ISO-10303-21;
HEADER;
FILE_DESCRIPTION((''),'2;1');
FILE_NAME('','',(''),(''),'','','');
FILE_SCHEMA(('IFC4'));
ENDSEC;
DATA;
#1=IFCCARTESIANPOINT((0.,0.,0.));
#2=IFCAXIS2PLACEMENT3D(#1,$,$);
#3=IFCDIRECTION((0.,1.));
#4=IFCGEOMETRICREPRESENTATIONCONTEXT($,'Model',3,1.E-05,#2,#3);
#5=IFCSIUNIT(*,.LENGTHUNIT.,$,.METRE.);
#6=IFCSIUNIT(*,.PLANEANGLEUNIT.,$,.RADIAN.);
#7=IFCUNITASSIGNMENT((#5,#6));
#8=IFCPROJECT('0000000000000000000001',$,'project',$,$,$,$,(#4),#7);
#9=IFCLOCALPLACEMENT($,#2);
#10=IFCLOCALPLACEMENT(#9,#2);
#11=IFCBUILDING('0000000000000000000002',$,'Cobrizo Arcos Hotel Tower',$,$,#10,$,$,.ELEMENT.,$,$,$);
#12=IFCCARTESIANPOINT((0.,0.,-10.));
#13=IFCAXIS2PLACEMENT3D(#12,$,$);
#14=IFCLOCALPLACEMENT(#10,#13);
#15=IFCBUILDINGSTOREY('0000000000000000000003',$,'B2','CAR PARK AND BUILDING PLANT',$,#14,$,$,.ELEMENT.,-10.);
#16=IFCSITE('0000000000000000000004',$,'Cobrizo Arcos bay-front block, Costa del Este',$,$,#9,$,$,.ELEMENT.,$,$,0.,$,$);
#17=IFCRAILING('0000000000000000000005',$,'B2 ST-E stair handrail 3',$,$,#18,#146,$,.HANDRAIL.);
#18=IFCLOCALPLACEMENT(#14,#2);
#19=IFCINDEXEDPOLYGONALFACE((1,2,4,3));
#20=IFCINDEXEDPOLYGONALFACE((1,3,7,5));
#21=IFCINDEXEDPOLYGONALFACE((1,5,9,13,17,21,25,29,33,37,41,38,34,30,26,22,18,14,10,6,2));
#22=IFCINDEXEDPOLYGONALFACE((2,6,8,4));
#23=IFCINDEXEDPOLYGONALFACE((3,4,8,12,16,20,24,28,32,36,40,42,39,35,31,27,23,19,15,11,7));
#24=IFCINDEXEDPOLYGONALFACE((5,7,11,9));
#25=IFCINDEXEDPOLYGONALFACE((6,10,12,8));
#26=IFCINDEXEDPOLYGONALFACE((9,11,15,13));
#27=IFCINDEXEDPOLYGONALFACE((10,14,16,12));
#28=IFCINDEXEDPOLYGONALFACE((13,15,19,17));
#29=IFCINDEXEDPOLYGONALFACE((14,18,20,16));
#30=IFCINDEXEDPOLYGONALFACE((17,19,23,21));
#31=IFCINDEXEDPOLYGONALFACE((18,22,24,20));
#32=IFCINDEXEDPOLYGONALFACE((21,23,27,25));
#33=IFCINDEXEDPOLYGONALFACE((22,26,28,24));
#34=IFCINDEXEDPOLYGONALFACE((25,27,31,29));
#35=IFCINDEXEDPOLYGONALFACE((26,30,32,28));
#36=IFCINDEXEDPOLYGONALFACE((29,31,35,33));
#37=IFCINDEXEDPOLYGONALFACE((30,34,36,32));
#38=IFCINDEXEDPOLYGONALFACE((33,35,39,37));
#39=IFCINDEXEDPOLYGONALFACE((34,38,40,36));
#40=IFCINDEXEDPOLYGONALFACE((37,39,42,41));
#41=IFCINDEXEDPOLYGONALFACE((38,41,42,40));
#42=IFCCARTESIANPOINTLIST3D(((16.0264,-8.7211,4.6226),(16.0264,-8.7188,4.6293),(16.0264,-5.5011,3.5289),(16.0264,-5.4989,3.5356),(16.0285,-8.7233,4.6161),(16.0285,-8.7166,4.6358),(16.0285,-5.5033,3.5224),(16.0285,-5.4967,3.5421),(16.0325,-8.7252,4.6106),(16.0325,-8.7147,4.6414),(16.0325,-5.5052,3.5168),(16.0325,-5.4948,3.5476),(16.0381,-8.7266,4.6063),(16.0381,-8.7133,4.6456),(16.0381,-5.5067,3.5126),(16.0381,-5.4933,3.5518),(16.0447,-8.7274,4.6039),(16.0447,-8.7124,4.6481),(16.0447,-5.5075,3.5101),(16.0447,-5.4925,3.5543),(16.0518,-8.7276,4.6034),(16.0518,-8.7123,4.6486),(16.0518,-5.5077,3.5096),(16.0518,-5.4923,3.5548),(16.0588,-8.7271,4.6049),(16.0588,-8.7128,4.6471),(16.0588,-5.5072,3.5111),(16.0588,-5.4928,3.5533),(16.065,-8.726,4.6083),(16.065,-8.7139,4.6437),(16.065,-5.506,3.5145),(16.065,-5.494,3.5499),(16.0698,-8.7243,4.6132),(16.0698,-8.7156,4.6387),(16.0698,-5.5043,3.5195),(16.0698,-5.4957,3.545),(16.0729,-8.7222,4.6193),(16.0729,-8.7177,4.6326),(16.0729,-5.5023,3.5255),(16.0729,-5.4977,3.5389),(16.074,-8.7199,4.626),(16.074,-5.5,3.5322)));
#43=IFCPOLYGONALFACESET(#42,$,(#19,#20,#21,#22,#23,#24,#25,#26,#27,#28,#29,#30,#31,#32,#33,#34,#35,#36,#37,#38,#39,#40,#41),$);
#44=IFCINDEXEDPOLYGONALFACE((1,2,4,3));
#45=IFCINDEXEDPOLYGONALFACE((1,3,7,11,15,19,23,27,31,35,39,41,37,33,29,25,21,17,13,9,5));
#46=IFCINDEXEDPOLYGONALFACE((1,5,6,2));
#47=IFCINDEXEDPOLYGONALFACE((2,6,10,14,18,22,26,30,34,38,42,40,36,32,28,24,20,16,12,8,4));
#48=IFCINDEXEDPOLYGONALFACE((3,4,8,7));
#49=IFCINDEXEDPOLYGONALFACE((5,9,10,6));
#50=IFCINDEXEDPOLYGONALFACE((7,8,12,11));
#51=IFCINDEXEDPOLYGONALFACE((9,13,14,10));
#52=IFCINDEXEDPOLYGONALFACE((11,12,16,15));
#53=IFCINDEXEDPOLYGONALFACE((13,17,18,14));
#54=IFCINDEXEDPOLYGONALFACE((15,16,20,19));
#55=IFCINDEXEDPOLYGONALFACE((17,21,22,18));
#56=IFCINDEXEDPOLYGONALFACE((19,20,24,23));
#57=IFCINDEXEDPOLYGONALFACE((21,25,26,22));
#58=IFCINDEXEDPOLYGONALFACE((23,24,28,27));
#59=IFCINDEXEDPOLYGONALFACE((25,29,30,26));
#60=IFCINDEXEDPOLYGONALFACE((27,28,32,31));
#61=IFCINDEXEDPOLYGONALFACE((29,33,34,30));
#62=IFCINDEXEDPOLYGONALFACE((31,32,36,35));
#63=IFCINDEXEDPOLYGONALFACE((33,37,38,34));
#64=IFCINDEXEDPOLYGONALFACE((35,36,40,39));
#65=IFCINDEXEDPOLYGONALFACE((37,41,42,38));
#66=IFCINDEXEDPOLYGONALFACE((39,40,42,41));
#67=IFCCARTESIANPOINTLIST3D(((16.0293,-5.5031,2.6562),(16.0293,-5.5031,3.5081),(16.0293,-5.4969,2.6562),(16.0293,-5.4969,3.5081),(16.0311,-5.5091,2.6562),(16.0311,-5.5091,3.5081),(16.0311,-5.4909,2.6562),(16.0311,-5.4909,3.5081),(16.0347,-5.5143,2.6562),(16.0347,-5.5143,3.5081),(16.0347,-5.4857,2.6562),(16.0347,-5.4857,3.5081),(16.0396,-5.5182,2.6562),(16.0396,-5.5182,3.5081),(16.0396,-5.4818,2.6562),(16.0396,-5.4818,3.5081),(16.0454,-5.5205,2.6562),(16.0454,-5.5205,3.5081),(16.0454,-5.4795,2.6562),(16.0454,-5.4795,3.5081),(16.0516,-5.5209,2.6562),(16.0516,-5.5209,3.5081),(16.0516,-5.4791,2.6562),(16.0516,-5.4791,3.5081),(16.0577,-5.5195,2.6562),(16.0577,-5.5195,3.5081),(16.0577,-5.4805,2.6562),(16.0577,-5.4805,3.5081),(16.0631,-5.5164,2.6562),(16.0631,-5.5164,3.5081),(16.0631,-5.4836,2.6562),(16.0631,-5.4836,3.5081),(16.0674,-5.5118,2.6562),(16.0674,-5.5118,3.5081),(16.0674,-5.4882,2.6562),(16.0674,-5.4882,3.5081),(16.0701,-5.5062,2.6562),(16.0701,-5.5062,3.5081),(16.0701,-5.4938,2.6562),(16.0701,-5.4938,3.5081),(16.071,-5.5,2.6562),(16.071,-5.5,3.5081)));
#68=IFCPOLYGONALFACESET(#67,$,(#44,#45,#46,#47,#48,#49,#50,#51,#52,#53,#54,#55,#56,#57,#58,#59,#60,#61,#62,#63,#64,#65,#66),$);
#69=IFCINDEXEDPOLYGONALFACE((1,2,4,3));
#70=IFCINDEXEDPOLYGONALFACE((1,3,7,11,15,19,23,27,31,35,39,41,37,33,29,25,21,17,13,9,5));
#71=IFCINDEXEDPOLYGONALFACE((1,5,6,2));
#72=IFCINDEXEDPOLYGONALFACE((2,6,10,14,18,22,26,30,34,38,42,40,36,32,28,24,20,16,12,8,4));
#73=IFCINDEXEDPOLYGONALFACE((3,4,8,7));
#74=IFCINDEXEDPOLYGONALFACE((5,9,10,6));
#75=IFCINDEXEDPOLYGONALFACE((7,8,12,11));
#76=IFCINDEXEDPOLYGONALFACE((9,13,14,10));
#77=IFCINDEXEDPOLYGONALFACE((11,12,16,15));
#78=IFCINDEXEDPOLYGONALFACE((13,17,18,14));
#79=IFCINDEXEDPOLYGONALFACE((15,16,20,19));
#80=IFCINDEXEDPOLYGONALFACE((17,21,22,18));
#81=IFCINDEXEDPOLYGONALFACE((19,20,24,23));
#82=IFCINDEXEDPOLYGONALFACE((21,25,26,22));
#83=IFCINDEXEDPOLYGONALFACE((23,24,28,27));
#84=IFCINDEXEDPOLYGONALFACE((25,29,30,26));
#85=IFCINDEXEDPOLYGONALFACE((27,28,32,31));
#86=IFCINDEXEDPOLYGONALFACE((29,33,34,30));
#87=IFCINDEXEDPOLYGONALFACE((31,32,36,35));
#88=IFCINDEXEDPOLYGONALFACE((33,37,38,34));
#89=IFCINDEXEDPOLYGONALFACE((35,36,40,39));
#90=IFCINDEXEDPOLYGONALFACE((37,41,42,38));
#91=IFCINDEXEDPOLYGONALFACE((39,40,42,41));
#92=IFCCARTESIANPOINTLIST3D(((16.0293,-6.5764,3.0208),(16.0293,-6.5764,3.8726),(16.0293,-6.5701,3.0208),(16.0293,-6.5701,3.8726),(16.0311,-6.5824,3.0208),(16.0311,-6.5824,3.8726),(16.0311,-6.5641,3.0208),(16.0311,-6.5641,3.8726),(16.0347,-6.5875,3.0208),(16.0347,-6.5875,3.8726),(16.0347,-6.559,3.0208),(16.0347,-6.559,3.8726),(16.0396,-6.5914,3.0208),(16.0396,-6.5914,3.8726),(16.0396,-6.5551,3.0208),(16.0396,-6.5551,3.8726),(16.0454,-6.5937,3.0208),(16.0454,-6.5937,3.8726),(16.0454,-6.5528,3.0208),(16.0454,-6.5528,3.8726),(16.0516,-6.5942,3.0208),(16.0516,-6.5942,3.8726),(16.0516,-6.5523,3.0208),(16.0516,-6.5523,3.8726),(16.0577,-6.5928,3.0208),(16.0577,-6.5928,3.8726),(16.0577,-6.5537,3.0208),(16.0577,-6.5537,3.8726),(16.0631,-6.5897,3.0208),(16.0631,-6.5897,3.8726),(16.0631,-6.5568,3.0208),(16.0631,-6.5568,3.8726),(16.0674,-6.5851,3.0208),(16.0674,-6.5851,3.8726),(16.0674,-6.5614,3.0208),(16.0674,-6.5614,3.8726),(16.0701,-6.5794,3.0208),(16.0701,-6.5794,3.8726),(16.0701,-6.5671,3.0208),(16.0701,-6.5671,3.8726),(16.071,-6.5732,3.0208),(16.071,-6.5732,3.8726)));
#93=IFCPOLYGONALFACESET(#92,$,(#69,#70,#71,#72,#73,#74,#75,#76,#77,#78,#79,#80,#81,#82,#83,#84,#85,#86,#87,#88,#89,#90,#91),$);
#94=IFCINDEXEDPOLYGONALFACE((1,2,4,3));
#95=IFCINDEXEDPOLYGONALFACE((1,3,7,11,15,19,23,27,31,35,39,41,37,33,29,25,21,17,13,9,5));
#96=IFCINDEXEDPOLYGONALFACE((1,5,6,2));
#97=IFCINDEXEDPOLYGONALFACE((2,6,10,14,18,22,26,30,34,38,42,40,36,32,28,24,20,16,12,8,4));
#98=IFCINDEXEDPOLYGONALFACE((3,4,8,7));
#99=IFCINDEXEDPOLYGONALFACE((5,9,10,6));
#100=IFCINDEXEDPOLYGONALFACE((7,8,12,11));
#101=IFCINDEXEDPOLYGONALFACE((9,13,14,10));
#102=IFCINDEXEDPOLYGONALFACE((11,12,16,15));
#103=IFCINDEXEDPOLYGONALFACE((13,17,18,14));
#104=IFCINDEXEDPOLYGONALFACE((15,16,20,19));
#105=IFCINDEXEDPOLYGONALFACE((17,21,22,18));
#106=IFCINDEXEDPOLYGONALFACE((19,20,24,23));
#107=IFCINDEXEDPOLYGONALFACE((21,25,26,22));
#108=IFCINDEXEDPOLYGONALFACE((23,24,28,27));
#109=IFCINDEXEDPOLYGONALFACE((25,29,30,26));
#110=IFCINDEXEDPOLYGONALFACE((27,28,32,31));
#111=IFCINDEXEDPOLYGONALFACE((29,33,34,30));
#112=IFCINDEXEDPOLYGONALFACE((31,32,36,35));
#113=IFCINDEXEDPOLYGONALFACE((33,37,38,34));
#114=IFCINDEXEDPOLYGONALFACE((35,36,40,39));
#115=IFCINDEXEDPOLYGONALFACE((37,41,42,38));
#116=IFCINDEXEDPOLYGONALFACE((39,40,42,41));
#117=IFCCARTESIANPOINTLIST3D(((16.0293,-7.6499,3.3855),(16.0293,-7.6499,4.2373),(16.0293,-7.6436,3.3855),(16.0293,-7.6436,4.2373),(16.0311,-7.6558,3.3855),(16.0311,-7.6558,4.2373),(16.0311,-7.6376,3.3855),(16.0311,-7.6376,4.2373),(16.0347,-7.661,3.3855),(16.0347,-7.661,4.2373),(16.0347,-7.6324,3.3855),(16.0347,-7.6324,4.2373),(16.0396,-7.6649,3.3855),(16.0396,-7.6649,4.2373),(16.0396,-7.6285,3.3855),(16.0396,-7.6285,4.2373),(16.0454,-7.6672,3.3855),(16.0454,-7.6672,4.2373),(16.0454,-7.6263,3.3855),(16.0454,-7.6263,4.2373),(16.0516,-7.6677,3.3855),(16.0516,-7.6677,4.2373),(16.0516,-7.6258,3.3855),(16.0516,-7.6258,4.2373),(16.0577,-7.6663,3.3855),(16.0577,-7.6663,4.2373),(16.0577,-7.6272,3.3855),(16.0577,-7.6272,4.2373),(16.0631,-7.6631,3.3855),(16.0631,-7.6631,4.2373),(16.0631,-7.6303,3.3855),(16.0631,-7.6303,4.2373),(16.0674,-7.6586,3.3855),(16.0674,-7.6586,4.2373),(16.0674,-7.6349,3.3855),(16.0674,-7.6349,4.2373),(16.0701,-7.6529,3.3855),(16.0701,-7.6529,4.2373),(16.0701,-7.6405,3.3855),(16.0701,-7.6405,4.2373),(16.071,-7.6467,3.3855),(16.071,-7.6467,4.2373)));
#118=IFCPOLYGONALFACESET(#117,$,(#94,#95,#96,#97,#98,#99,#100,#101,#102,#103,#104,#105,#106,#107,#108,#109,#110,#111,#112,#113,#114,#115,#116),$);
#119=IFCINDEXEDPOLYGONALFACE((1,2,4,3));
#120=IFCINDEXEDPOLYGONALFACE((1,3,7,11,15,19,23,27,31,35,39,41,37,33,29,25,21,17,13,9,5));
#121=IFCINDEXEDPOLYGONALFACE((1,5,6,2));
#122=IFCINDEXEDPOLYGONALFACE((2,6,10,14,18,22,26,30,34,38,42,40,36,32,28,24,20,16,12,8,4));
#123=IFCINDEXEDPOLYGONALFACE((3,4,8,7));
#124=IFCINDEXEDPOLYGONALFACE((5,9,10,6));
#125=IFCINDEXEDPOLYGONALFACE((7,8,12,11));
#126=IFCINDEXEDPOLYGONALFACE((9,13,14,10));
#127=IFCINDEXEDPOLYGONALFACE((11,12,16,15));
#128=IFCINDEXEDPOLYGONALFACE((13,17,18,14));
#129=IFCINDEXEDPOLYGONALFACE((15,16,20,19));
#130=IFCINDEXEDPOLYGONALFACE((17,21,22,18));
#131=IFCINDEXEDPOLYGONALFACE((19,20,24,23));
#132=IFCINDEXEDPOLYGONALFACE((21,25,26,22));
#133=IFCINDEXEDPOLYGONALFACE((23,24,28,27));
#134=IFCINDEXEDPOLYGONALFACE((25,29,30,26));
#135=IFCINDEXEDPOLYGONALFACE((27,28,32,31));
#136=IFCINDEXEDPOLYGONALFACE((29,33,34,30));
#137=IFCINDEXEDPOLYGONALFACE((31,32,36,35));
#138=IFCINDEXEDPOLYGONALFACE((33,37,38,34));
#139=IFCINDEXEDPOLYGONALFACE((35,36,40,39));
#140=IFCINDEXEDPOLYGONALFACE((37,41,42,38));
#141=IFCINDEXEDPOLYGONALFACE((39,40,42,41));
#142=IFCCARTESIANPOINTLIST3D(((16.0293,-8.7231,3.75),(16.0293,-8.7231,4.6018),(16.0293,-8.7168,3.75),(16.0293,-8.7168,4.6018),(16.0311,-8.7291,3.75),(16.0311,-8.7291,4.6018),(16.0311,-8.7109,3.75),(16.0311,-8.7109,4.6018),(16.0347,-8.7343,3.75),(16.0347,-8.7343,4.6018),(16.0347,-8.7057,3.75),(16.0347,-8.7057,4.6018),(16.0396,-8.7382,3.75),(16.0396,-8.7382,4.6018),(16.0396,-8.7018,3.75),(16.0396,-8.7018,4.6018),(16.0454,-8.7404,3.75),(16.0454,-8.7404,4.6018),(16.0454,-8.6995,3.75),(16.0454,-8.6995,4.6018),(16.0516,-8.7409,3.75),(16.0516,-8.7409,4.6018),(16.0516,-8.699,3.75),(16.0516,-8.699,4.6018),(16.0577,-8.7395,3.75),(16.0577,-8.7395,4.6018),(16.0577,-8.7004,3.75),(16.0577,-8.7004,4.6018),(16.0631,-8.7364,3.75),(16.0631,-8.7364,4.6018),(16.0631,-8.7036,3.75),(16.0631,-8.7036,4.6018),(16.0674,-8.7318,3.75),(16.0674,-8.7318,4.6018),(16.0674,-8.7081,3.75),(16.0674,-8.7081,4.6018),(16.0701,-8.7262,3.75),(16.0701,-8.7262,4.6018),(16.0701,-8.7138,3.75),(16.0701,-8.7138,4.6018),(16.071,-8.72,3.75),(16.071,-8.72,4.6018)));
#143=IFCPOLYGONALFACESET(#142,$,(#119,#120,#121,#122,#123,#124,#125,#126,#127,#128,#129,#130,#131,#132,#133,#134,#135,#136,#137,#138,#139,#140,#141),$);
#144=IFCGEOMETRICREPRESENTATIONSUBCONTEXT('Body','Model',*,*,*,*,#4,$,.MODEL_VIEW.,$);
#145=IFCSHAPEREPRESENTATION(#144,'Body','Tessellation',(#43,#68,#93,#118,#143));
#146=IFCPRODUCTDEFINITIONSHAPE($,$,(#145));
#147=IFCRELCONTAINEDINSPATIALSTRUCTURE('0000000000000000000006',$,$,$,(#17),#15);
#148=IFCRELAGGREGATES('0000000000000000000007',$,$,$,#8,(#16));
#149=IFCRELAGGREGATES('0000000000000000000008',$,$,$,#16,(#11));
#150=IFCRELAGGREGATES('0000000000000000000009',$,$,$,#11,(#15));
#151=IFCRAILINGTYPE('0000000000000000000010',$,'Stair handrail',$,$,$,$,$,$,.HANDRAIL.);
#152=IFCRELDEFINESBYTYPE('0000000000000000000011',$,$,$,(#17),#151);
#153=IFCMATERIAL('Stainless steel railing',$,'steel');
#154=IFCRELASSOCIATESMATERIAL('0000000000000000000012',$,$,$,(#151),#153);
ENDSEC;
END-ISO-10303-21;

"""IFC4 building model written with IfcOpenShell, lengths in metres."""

from ifc_helpers import new_model, si_unit, direction, frame, origin, origin_2d, place, context, subcontext, project, spatial, circle, extrude, material, type_object, element, save


model = new_model("IFC4")

# Units and contexts
model_context = context("Model", 3, precision=1e-05, world=origin(), true_north=direction((0.0, 1.0)))
body_context = subcontext(model_context, "Body", "Model", "MODEL_VIEW")
ifc_project = project(units=[si_unit("LENGTHUNIT", "METRE"), si_unit("PLANEANGLEUNIT", "RADIAN")], contexts=[model_context])

# Site, building, storey
site_placement = place(None, origin())
site = spatial("IfcSite", under=ifc_project, at=site_placement, Name="Cobrizo Arcos bay-front block, Costa del Este", CompositionType="ELEMENT", RefElevation=0.0)
building_placement = place(site_placement, origin())
building = spatial("IfcBuilding", under=site, at=building_placement, Name="Cobrizo Arcos Hotel Tower", CompositionType="ELEMENT")
storey_placement = place(building_placement, frame((0.0, 0.0, -10.0)))
storey = spatial("IfcBuildingStorey", under=building, at=storey_placement, Name="B2", Description="CAR PARK AND BUILDING PLANT", CompositionType="ELEMENT", Elevation=-10.0)

# Railing
ifc_material_1 = material(Name="Stainless steel railing", Category="steel")
railing_type_1 = type_object("IfcRailingType", Name="Stair handrail", PredefinedType="HANDRAIL", material=ifc_material_1)
railing_1_placement = place(storey_placement, frame((16.05, -5.5, 2.6562)))
element("IfcRailing", 1, at=railing_1_placement, inside=storey, type_object=railing_type_1, Name="B2 ST-E stair handrail 3", PredefinedType="HANDRAIL", context=body_context, shape_type="SweptSolid", body=[
    extrude(circle(Radius=0.0239, at=origin_2d()), frame((0.0, 0.0, 0.876), z_axis=(0.0, -0.946866, 0.321629), x_axis=(1.0, 0.0, 0.0)), (0.0, 0.0, 1.0), 3.4006),
    extrude(circle(Radius=0.021, at=origin_2d()), origin(), (0.0, 0.0, 1.0), 0.8518),
    extrude(circle(Radius=0.021, at=origin_2d()), frame((0.0, -1.0732, 0.3645)), (0.0, 0.0, 1.0), 0.8518),
    extrude(circle(Radius=0.021, at=origin_2d()), frame((0.0, -2.1467, 0.7292)), (0.0, 0.0, 1.0), 0.8518),
    extrude(circle(Radius=0.021, at=origin_2d()), frame((0.0, -3.22, 1.0938)), (0.0, 0.0, 1.0), 0.8518),
])

save(model, "model.ifc")
